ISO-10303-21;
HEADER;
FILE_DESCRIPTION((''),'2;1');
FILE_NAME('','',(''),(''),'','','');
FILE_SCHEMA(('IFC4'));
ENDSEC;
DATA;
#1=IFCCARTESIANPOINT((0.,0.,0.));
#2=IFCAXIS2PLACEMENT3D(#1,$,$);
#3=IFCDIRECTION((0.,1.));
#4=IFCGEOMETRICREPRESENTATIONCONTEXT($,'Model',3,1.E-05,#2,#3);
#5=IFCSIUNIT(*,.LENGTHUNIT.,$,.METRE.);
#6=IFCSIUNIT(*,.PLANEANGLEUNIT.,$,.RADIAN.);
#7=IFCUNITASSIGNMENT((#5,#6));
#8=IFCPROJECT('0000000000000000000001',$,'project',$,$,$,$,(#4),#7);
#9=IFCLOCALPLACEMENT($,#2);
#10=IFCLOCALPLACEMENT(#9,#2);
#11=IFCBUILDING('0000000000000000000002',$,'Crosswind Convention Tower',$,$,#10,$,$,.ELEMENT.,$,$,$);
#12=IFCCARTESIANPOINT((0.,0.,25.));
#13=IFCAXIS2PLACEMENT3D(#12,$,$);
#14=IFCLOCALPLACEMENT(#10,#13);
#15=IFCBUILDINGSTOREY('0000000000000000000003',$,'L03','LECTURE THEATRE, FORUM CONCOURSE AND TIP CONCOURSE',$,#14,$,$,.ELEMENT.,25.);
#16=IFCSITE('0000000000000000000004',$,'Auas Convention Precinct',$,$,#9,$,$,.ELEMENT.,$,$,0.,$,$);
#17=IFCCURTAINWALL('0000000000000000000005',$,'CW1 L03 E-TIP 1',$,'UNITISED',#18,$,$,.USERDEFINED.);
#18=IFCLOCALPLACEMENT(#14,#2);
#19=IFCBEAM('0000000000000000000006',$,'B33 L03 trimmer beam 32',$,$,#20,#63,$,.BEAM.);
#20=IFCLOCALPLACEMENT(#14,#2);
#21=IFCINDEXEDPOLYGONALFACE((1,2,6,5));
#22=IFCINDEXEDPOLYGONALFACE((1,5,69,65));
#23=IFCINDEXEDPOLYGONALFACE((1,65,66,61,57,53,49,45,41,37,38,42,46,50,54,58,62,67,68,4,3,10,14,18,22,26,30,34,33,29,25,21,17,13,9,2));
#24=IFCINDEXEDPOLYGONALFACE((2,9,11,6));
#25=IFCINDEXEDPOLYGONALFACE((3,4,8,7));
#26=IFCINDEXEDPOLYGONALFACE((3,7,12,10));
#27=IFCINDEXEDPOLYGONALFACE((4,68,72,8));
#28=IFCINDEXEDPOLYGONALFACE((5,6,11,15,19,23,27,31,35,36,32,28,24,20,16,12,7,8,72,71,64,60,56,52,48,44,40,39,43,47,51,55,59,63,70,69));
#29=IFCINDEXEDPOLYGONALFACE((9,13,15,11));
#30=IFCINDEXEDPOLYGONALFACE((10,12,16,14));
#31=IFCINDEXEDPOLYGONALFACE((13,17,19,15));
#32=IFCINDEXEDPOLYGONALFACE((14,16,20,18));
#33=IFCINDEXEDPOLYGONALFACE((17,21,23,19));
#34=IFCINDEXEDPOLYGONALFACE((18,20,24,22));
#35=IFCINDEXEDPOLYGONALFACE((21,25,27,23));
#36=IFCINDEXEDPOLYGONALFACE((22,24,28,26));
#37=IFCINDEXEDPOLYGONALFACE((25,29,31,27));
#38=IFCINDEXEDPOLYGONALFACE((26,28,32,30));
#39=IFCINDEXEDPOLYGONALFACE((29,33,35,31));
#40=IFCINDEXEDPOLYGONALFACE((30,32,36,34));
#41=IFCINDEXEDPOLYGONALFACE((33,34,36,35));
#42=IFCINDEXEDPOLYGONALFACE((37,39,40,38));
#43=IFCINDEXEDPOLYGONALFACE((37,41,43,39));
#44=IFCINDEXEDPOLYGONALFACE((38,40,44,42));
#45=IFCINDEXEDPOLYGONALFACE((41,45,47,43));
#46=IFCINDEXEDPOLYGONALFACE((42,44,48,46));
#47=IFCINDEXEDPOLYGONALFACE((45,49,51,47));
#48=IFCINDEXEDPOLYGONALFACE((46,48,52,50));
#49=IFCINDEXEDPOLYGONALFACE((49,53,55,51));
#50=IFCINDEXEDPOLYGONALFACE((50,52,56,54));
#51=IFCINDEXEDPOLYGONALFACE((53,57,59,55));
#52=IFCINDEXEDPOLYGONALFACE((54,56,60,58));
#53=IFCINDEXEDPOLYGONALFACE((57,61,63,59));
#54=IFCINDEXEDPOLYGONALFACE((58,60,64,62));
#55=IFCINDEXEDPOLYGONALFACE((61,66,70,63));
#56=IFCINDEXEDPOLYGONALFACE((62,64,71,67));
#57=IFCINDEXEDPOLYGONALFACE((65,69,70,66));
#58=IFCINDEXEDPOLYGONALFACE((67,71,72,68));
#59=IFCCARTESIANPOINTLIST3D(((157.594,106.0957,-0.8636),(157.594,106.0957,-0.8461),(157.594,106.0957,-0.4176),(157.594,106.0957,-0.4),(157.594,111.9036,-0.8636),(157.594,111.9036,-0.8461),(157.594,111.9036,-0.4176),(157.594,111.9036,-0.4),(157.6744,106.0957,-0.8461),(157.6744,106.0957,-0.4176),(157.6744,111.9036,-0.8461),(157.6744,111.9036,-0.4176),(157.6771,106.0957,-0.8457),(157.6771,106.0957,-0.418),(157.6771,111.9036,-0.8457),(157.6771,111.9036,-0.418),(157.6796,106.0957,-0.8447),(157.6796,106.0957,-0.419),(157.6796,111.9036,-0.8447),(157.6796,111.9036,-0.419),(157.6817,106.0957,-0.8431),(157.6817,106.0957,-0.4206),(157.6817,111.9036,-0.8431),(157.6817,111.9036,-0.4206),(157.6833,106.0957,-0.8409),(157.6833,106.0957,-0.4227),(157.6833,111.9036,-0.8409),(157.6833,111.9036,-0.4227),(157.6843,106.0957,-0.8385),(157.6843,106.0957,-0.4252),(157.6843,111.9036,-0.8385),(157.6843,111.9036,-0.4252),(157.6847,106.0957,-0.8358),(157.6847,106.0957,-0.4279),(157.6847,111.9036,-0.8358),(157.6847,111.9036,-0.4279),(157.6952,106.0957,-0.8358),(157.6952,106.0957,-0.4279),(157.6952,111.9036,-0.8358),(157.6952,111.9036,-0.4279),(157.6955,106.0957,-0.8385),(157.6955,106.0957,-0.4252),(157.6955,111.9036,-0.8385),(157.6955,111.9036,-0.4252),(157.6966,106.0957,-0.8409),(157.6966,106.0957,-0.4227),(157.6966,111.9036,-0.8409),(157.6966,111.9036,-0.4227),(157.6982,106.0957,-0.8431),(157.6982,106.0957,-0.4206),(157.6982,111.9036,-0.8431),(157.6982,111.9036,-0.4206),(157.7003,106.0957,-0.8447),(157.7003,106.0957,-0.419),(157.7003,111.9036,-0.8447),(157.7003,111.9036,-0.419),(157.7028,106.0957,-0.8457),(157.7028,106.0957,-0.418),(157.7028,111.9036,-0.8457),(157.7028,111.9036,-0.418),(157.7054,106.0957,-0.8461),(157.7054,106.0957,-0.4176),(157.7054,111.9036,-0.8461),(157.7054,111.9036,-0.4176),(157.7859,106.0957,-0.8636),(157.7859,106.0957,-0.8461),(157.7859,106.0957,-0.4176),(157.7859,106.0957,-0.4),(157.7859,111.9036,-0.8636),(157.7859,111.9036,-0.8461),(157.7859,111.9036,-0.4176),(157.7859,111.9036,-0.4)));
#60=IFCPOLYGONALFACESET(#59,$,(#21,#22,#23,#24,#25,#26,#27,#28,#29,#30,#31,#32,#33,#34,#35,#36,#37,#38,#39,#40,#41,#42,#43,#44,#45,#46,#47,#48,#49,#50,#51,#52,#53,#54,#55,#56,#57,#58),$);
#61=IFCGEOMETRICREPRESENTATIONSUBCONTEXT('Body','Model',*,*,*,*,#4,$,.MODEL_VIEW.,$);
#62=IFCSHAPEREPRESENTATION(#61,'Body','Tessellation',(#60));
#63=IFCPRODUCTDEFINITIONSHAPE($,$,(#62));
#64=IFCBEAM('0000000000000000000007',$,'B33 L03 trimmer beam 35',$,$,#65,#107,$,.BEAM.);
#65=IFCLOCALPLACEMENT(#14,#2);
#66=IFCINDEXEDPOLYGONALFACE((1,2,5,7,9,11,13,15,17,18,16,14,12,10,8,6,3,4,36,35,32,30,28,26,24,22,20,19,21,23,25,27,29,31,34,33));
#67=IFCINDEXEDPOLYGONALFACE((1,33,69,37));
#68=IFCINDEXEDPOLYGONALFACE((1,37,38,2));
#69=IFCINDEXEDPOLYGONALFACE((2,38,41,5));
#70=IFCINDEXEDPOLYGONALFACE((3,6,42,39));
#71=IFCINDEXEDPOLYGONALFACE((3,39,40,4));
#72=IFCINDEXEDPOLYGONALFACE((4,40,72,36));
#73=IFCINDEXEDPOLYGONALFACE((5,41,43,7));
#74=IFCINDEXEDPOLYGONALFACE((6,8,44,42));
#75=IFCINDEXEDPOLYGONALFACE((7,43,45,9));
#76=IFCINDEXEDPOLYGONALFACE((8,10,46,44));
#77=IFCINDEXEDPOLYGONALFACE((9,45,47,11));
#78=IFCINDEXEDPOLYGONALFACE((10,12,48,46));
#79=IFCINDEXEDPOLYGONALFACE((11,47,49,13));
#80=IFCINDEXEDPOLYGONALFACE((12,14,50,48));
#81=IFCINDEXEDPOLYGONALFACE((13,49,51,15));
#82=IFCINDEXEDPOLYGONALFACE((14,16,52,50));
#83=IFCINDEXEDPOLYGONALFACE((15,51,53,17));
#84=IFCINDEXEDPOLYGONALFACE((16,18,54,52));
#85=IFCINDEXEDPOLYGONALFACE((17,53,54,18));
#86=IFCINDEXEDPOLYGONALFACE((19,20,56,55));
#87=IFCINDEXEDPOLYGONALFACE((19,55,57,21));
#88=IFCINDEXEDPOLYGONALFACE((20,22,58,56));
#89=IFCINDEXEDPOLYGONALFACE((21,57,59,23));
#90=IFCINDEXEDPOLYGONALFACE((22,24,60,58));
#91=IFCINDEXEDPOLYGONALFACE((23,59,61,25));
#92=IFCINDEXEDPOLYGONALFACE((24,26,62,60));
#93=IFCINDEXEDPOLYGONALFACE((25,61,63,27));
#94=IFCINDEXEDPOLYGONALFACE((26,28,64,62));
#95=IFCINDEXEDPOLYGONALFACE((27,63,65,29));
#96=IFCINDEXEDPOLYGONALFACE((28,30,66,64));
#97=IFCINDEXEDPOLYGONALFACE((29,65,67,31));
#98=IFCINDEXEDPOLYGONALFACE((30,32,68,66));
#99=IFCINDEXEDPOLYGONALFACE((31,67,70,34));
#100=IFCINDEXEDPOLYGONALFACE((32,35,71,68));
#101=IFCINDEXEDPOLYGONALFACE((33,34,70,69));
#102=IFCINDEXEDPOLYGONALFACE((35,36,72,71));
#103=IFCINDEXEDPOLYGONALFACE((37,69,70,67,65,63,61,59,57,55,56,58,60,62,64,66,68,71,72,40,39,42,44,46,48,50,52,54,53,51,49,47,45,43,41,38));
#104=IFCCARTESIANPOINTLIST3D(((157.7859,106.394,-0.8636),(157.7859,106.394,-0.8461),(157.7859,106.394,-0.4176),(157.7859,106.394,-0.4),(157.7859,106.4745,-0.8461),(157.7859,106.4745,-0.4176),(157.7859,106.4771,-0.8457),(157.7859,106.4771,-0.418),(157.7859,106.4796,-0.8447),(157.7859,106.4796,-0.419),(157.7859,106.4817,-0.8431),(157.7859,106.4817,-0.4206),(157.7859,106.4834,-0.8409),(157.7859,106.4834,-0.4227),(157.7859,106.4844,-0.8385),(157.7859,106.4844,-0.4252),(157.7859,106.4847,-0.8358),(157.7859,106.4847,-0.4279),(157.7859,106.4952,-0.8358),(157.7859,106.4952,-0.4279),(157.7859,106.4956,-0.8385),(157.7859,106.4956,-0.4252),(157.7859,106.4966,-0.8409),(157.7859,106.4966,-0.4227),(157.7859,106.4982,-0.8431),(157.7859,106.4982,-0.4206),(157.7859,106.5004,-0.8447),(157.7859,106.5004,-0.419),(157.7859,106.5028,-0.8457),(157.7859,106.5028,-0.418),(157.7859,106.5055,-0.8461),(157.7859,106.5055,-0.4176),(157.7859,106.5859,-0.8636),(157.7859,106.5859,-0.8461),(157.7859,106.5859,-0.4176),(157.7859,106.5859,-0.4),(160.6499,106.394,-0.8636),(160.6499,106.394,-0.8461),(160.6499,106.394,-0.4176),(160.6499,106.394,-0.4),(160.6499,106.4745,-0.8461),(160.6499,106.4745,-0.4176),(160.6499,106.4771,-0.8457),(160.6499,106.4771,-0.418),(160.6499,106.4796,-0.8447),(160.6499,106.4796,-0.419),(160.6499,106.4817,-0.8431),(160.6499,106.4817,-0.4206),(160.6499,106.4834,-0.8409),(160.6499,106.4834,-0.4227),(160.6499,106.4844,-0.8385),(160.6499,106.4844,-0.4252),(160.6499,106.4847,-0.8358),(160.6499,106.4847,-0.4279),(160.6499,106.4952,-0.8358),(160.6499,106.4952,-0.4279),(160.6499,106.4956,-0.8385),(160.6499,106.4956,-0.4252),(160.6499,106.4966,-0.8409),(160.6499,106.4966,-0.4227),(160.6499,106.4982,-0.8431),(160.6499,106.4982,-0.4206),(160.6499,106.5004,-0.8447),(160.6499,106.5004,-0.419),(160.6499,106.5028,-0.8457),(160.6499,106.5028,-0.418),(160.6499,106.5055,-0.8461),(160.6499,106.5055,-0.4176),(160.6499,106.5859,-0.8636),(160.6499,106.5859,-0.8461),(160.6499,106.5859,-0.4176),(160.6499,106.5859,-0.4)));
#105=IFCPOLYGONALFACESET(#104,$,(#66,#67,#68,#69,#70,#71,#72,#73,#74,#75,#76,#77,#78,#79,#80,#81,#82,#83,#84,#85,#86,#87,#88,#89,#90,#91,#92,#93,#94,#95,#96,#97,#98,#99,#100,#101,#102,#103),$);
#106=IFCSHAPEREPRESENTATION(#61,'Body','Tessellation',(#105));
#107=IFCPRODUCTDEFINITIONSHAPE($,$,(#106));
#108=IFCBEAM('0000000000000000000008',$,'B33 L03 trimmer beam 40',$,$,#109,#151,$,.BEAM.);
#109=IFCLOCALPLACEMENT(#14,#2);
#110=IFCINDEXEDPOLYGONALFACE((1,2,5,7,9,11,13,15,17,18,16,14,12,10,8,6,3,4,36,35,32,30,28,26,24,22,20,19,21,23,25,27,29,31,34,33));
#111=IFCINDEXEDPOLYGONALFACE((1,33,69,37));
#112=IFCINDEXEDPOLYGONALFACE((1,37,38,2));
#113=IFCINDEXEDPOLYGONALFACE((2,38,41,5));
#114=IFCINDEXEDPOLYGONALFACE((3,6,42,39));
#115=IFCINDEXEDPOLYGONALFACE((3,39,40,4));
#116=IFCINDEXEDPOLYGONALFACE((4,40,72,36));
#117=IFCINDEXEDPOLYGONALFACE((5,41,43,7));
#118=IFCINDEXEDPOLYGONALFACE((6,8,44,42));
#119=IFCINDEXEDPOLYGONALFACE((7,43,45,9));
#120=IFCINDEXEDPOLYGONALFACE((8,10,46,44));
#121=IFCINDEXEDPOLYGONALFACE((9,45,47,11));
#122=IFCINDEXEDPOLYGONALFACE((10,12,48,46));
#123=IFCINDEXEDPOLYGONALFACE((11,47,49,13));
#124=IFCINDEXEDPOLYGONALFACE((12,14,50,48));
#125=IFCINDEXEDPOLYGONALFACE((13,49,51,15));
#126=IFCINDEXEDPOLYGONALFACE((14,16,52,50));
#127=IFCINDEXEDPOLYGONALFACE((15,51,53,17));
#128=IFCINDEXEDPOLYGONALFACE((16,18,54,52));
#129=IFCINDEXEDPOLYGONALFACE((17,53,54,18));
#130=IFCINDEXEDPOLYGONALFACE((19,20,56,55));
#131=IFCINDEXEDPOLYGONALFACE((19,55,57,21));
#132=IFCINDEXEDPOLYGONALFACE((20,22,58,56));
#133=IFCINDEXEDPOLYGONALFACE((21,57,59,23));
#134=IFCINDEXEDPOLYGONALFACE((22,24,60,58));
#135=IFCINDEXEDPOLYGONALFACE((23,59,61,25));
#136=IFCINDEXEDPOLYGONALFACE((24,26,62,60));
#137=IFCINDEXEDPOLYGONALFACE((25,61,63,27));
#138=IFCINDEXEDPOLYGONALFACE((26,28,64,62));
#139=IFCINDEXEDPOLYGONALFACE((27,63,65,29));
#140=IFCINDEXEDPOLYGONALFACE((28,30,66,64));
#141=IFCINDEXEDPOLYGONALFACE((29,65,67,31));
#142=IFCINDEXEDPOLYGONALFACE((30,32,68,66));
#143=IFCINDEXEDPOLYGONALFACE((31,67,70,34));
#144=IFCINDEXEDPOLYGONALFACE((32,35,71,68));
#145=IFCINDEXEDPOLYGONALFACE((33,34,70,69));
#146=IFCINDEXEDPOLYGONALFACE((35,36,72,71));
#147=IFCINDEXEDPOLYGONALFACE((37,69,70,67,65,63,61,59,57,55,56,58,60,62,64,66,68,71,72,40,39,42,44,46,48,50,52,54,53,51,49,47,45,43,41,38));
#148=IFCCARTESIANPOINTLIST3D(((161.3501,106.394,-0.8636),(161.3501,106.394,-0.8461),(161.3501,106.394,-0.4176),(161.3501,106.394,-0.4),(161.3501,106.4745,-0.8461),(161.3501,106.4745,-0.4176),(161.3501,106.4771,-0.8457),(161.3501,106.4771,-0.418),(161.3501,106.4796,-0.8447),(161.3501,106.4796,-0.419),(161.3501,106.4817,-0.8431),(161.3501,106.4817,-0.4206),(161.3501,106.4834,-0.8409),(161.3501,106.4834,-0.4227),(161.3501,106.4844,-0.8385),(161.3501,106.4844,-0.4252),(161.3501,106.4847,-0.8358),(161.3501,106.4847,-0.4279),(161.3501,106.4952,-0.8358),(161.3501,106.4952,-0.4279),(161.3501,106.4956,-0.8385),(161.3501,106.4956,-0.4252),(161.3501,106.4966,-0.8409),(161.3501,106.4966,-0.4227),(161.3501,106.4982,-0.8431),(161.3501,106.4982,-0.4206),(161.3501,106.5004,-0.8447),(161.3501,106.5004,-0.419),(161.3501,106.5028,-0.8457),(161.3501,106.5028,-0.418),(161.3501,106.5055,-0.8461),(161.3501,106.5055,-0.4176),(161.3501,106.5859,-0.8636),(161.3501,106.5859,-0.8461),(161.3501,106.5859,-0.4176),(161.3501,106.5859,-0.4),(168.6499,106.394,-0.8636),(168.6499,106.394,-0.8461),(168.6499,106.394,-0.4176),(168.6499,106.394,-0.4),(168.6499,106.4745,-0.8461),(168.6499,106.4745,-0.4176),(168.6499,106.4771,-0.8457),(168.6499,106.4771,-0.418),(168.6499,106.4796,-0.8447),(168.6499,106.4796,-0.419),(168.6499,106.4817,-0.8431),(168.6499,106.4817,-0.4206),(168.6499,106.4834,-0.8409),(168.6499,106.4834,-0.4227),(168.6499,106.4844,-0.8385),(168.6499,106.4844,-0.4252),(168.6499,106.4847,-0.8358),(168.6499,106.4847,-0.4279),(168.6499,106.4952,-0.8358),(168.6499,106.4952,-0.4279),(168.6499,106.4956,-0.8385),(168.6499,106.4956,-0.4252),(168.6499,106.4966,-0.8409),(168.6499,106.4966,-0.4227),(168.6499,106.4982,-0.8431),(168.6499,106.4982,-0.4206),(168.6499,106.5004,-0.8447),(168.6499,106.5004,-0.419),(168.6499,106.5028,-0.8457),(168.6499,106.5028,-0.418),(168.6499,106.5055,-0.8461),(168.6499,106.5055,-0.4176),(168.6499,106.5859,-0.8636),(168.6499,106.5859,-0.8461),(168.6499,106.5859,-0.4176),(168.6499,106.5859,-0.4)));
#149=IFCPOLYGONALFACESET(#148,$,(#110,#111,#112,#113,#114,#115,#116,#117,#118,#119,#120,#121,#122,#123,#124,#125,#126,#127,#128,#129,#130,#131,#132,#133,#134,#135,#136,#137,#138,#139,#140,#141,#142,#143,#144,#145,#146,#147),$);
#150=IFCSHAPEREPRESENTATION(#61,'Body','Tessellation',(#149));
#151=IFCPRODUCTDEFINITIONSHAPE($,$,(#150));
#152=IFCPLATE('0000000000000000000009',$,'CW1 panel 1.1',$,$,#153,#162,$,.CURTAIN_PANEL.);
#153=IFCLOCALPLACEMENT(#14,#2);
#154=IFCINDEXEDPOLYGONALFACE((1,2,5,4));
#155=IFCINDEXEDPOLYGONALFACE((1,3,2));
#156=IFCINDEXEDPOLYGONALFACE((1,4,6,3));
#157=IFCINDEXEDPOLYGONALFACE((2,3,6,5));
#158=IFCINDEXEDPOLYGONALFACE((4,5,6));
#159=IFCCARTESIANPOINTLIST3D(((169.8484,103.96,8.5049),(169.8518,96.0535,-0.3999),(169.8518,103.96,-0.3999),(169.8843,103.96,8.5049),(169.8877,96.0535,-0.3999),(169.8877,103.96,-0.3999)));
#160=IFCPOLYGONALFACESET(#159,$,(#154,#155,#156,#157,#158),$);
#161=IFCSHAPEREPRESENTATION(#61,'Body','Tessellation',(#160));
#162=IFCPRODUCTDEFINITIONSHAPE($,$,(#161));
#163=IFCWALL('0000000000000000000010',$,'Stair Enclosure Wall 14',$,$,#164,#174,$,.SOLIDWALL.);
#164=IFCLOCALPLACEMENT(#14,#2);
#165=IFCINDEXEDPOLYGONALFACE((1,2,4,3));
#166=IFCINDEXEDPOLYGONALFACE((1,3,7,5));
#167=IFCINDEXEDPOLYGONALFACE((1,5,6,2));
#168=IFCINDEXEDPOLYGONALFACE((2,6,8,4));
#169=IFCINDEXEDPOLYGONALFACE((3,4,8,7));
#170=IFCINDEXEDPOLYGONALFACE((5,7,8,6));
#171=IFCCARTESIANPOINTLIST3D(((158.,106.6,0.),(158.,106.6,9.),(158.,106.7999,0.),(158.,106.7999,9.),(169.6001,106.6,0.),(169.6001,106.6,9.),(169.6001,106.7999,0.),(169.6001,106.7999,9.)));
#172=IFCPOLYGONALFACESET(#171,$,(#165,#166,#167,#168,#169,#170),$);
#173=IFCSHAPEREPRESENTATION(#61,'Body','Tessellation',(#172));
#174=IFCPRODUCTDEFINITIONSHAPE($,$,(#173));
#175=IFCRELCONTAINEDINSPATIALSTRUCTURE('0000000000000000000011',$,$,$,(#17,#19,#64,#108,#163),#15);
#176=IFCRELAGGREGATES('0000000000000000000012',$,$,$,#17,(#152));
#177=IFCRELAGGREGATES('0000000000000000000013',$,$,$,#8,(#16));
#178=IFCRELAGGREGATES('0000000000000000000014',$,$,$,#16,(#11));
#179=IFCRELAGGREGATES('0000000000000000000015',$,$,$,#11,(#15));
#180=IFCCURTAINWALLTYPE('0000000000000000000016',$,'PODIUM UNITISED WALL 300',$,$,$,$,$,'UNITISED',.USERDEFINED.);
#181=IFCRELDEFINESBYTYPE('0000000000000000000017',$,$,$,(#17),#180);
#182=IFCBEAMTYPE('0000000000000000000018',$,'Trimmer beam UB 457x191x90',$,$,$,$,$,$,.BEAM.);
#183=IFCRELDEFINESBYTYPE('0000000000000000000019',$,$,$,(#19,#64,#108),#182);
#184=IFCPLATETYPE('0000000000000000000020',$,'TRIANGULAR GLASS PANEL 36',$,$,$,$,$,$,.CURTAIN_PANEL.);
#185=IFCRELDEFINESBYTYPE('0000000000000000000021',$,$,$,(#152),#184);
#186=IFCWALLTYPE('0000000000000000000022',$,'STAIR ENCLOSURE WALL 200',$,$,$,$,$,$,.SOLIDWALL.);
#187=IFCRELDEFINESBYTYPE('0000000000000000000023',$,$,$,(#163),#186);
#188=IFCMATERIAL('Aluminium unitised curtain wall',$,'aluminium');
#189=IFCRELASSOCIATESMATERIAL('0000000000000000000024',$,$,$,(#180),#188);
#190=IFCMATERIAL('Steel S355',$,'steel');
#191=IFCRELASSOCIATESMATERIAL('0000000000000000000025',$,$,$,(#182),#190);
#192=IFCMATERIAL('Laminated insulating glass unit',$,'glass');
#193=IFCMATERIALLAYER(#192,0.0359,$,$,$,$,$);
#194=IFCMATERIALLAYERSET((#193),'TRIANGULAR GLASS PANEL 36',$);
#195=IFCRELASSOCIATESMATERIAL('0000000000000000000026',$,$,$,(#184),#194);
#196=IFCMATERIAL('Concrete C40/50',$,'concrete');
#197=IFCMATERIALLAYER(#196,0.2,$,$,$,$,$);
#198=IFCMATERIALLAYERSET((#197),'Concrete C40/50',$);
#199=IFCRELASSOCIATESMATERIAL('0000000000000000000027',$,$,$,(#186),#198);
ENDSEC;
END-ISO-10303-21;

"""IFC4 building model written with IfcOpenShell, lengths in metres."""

from ifc_helpers import new_model, si_unit, direction, frame, frame_2d, origin, origin_2d, place, context, subcontext, project, spatial, polyline, rectangle, i_section, outline, extrude, material, layer, layer_set, material_profile, profile_set, type_object, element, aggregate, save


model = new_model("IFC4")

# Units and contexts
model_context = context("Model", 3, precision=1e-05, world=origin(), true_north=direction((0.0, 1.0)))
body_context = subcontext(model_context, "Body", "Model", "MODEL_VIEW")
ifc_project = project(units=[si_unit("LENGTHUNIT", "METRE"), si_unit("PLANEANGLEUNIT", "RADIAN")], contexts=[model_context])

# Site, building, storey
site_placement = place(None, origin())
site = spatial("IfcSite", under=ifc_project, at=site_placement, Name="Auas Convention Precinct", CompositionType="ELEMENT", RefElevation=0.0)
building_placement = place(site_placement, origin())
building = spatial("IfcBuilding", under=site, at=building_placement, Name="Crosswind Convention Tower", CompositionType="ELEMENT")
storey_placement = place(building_placement, frame((0.0, 0.0, 25.0)))
storey = spatial("IfcBuildingStorey", under=building, at=storey_placement, Name="L03", Description="LECTURE THEATRE, FORUM CONCOURSE AND TIP CONCOURSE", CompositionType="ELEMENT", Elevation=25.0)

# Curtain wall
ifc_material_1 = material(Name="Aluminium unitised curtain wall", Category="aluminium")
curtain_wall_type = type_object("IfcCurtainWallType", Name="PODIUM UNITISED WALL 300", ElementType="UNITISED", PredefinedType="USERDEFINED", material=ifc_material_1)
curtain_wall_placement = place(storey_placement, origin())
curtain_wall = element("IfcCurtainWall", 1, at=curtain_wall_placement, inside=storey, type_object=curtain_wall_type, Name="CW1 L03 E-TIP 1", ObjectType="UNITISED", PredefinedType="USERDEFINED")

# Beams
ifc_material_2 = material(Name="Steel S355", Category="steel")
ifc_material_profile_1 = material_profile(ifc_material_2, i_section(OverallWidth=0.1919, OverallDepth=0.4636, WebThickness=0.0105, FlangeThickness=0.0176, FilletRadius=0.0103, at=origin_2d()), Name="UB 457x191x90")
ifc_profile_set_1 = profile_set([ifc_material_profile_1], Name="Steel S355")
beam_type_1 = type_object("IfcBeamType", Name="Trimmer beam UB 457x191x90", PredefinedType="BEAM", material=ifc_profile_set_1)
beam_1_placement = place(storey_placement, frame((157.6899, 106.0957, -0.6318), z_axis=(0.0, 1.0, 0.0), x_axis=(-1.0, 0.0, 0.0)))
element("IfcBeam", 2, at=beam_1_placement, inside=storey, type_object=beam_type_1, Name="B33 L03 trimmer beam 32", PredefinedType="BEAM", context=body_context, shape_type="SweptSolid", body=[
    extrude(i_section(OverallWidth=0.1919, OverallDepth=0.4636, WebThickness=0.0105, FlangeThickness=0.0176, FilletRadius=0.0103, at=origin_2d()), origin(), (0.0, 0.0, 1.0), 5.8079),
])
beam_2_placement = place(storey_placement, frame((157.7859, 106.49, -0.6318), z_axis=(1.0, 0.0, 0.0), x_axis=(0.0, 1.0, 0.0)))
element("IfcBeam", 3, at=beam_2_placement, inside=storey, type_object=beam_type_1, Name="B33 L03 trimmer beam 35", PredefinedType="BEAM", context=body_context, shape_type="SweptSolid", body=[
    extrude(i_section(OverallWidth=0.1919, OverallDepth=0.4636, WebThickness=0.0105, FlangeThickness=0.0176, FilletRadius=0.0103, at=origin_2d()), origin(), (0.0, 0.0, 1.0), 2.864),
])
beam_3_placement = place(storey_placement, frame((161.3501, 106.49, -0.6318), z_axis=(1.0, 0.0, 0.0), x_axis=(0.0, 1.0, 0.0)))
element("IfcBeam", 4, at=beam_3_placement, inside=storey, type_object=beam_type_1, Name="B33 L03 trimmer beam 40", PredefinedType="BEAM", context=body_context, shape_type="SweptSolid", body=[
    extrude(i_section(OverallWidth=0.1919, OverallDepth=0.4636, WebThickness=0.0105, FlangeThickness=0.0176, FilletRadius=0.0103, at=origin_2d()), origin(), (0.0, 0.0, 1.0), 7.2998),
])

# Plate
ifc_material_3 = material(Name="Laminated insulating glass unit", Category="glass")
ifc_layer_1 = layer(ifc_material_3, 0.0359)
ifc_layer_set_1 = layer_set([ifc_layer_1], Name="TRIANGULAR GLASS PANEL 36")
plate_type = type_object("IfcPlateType", Name="TRIANGULAR GLASS PANEL 36", PredefinedType="CURTAIN_PANEL", material=ifc_layer_set_1)
plate_placement = place(storey_placement, frame((169.8877, 103.96, -0.3999), z_axis=(1.0, 0.0, 0.000384), x_axis=(-0.000384, 0.0, 1.0)))
plate = element("IfcPlate", 5, at=plate_placement, type_object=plate_type, Name="CW1 panel 1.1", PredefinedType="CURTAIN_PANEL", context=body_context, shape_type="SweptSolid", body=[
    extrude(outline(polyline([(0.0, 0.0), (8.9048, 0.0), (0.0, 7.9065), (0.0, 0.0)])), origin(), (0.0, 0.0, -1.0), 0.0359),
])
aggregate(curtain_wall, [plate])

# Wall
ifc_material_4 = material(Name="Concrete C40/50", Category="concrete")
ifc_layer_2 = layer(ifc_material_4, 0.2)
ifc_layer_set_2 = layer_set([ifc_layer_2], Name="Concrete C40/50")
wall_type_1 = type_object("IfcWallType", Name="STAIR ENCLOSURE WALL 200", PredefinedType="SOLIDWALL", material=ifc_layer_set_2)
wall_1_placement = place(storey_placement, frame((158.0, 106.7, 0.0), z_axis=(0.0, 0.0, 1.0), x_axis=(1.0, 0.0, 0.0)))
element("IfcWall", 6, at=wall_1_placement, inside=storey, type_object=wall_type_1, Name="Stair Enclosure Wall 14", PredefinedType="SOLIDWALL", context=body_context, shape_type="SweptSolid", body=[
    extrude(rectangle(XDim=11.6001, YDim=0.2, at=frame_2d((5.8, 0.0))), origin(), (0.0, 0.0, 1.0), 9.0),
])

save(model, "model.ifc")
